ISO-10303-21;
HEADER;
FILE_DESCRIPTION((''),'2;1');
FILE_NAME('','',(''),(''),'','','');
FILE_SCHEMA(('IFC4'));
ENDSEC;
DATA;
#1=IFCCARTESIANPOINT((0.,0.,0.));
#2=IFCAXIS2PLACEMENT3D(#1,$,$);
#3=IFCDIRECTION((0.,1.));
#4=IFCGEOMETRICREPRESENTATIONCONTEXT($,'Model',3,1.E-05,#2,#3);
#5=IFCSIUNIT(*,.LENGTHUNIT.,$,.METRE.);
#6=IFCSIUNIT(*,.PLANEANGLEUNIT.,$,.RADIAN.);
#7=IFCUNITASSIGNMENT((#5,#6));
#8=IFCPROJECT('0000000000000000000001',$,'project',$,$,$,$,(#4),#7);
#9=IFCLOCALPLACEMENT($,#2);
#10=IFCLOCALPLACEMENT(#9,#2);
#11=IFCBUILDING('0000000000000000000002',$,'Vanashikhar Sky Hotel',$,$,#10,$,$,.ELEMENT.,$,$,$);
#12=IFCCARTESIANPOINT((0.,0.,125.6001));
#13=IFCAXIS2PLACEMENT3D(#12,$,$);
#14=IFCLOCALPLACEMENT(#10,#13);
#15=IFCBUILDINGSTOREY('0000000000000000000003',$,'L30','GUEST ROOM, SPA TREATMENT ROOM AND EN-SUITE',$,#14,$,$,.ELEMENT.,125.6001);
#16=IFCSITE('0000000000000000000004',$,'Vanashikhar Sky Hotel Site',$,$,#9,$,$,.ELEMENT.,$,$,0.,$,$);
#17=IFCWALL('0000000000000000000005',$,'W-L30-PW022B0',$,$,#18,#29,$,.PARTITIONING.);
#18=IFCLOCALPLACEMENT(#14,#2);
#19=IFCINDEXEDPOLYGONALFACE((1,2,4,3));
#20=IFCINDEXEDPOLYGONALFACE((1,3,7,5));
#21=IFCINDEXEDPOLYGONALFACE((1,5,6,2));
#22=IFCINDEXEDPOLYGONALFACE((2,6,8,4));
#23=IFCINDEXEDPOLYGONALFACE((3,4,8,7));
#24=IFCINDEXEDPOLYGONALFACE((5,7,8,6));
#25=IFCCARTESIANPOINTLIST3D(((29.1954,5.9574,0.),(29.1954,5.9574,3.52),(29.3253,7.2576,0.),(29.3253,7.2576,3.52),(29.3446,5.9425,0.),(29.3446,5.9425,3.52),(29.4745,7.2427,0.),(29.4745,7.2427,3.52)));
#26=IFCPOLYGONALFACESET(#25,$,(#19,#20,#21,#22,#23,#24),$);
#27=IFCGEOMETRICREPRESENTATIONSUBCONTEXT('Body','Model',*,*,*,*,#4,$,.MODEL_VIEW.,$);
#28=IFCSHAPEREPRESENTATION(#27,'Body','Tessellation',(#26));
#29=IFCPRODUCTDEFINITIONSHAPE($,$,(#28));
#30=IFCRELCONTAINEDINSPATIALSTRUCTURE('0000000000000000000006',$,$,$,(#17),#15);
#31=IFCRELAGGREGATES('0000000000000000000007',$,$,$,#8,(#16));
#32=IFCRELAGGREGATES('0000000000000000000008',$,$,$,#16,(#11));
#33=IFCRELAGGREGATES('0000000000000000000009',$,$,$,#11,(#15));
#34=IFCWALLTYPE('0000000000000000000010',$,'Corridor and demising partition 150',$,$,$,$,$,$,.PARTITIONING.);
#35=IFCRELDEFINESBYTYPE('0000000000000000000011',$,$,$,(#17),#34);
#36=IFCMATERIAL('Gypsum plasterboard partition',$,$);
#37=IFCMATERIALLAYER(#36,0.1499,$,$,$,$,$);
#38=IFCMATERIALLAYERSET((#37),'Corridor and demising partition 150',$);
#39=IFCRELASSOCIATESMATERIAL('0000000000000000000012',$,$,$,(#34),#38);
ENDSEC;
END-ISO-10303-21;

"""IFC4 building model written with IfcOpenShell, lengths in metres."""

from ifc_helpers import new_model, si_unit, direction, frame, frame_2d, origin, place, context, subcontext, project, spatial, rectangle, extrude, source, transform, mapped, material, layer, layer_set, type_object, element, save


model = new_model("IFC4")

# Units and contexts
model_context = context("Model", 3, precision=1e-05, world=origin(), true_north=direction((0.0, 1.0)))
body_context = subcontext(model_context, "Body", "Model", "MODEL_VIEW")
ifc_project = project(units=[si_unit("LENGTHUNIT", "METRE"), si_unit("PLANEANGLEUNIT", "RADIAN")], contexts=[model_context])

# Site, building, storey
site_placement = place(None, origin())
site = spatial("IfcSite", under=ifc_project, at=site_placement, Name="Vanashikhar Sky Hotel Site", CompositionType="ELEMENT", RefElevation=0.0)
building_placement = place(site_placement, origin())
building = spatial("IfcBuilding", under=site, at=building_placement, Name="Vanashikhar Sky Hotel", CompositionType="ELEMENT")
storey_placement = place(building_placement, frame((0.0, 0.0, 125.6001)))
storey = spatial("IfcBuildingStorey", under=building, at=storey_placement, Name="L30", Description="GUEST ROOM, SPA TREATMENT ROOM AND EN-SUITE", CompositionType="ELEMENT", Elevation=125.6001)

# Shared definitions
ifc_material_1 = material(Name="Gypsum plasterboard partition")

# Wall
ifc_layer_1 = layer(ifc_material_1, 0.1499)
ifc_layer_set_1 = layer_set([ifc_layer_1], Name="Corridor and demising partition 150")
wall_type_1 = type_object("IfcWallType", Name="Corridor and demising partition 150", PredefinedType="PARTITIONING", material=ifc_layer_set_1)
shared_shape_1 = source(origin(), body_context, "Body", "SweptSolid", [
    extrude(rectangle(XDim=1.3066, YDim=0.1499, at=frame_2d((0.6533, 0.0))), origin(), (0.0, 0.0, 1.0), 3.52),
])
for number, where, z_axis, x_axis, name in (
    (1, (29.27, 5.95, 0.0), (0.0, 0.0, 1.0), (0.099411, 0.995046, 0.0), "W-L30-PW022B0"),
):
    element("IfcWall", number, at=place(storey_placement, frame(where, z_axis=z_axis, x_axis=x_axis)), inside=storey, type_object=wall_type_1, Name=name, PredefinedType="PARTITIONING", context=body_context, shape_type="MappedRepresentation", body=[
        mapped(shared_shape_1, transform((0.0, 0.0, 0.0), scale=1.0)),
    ])

save(model, "model.ifc")
